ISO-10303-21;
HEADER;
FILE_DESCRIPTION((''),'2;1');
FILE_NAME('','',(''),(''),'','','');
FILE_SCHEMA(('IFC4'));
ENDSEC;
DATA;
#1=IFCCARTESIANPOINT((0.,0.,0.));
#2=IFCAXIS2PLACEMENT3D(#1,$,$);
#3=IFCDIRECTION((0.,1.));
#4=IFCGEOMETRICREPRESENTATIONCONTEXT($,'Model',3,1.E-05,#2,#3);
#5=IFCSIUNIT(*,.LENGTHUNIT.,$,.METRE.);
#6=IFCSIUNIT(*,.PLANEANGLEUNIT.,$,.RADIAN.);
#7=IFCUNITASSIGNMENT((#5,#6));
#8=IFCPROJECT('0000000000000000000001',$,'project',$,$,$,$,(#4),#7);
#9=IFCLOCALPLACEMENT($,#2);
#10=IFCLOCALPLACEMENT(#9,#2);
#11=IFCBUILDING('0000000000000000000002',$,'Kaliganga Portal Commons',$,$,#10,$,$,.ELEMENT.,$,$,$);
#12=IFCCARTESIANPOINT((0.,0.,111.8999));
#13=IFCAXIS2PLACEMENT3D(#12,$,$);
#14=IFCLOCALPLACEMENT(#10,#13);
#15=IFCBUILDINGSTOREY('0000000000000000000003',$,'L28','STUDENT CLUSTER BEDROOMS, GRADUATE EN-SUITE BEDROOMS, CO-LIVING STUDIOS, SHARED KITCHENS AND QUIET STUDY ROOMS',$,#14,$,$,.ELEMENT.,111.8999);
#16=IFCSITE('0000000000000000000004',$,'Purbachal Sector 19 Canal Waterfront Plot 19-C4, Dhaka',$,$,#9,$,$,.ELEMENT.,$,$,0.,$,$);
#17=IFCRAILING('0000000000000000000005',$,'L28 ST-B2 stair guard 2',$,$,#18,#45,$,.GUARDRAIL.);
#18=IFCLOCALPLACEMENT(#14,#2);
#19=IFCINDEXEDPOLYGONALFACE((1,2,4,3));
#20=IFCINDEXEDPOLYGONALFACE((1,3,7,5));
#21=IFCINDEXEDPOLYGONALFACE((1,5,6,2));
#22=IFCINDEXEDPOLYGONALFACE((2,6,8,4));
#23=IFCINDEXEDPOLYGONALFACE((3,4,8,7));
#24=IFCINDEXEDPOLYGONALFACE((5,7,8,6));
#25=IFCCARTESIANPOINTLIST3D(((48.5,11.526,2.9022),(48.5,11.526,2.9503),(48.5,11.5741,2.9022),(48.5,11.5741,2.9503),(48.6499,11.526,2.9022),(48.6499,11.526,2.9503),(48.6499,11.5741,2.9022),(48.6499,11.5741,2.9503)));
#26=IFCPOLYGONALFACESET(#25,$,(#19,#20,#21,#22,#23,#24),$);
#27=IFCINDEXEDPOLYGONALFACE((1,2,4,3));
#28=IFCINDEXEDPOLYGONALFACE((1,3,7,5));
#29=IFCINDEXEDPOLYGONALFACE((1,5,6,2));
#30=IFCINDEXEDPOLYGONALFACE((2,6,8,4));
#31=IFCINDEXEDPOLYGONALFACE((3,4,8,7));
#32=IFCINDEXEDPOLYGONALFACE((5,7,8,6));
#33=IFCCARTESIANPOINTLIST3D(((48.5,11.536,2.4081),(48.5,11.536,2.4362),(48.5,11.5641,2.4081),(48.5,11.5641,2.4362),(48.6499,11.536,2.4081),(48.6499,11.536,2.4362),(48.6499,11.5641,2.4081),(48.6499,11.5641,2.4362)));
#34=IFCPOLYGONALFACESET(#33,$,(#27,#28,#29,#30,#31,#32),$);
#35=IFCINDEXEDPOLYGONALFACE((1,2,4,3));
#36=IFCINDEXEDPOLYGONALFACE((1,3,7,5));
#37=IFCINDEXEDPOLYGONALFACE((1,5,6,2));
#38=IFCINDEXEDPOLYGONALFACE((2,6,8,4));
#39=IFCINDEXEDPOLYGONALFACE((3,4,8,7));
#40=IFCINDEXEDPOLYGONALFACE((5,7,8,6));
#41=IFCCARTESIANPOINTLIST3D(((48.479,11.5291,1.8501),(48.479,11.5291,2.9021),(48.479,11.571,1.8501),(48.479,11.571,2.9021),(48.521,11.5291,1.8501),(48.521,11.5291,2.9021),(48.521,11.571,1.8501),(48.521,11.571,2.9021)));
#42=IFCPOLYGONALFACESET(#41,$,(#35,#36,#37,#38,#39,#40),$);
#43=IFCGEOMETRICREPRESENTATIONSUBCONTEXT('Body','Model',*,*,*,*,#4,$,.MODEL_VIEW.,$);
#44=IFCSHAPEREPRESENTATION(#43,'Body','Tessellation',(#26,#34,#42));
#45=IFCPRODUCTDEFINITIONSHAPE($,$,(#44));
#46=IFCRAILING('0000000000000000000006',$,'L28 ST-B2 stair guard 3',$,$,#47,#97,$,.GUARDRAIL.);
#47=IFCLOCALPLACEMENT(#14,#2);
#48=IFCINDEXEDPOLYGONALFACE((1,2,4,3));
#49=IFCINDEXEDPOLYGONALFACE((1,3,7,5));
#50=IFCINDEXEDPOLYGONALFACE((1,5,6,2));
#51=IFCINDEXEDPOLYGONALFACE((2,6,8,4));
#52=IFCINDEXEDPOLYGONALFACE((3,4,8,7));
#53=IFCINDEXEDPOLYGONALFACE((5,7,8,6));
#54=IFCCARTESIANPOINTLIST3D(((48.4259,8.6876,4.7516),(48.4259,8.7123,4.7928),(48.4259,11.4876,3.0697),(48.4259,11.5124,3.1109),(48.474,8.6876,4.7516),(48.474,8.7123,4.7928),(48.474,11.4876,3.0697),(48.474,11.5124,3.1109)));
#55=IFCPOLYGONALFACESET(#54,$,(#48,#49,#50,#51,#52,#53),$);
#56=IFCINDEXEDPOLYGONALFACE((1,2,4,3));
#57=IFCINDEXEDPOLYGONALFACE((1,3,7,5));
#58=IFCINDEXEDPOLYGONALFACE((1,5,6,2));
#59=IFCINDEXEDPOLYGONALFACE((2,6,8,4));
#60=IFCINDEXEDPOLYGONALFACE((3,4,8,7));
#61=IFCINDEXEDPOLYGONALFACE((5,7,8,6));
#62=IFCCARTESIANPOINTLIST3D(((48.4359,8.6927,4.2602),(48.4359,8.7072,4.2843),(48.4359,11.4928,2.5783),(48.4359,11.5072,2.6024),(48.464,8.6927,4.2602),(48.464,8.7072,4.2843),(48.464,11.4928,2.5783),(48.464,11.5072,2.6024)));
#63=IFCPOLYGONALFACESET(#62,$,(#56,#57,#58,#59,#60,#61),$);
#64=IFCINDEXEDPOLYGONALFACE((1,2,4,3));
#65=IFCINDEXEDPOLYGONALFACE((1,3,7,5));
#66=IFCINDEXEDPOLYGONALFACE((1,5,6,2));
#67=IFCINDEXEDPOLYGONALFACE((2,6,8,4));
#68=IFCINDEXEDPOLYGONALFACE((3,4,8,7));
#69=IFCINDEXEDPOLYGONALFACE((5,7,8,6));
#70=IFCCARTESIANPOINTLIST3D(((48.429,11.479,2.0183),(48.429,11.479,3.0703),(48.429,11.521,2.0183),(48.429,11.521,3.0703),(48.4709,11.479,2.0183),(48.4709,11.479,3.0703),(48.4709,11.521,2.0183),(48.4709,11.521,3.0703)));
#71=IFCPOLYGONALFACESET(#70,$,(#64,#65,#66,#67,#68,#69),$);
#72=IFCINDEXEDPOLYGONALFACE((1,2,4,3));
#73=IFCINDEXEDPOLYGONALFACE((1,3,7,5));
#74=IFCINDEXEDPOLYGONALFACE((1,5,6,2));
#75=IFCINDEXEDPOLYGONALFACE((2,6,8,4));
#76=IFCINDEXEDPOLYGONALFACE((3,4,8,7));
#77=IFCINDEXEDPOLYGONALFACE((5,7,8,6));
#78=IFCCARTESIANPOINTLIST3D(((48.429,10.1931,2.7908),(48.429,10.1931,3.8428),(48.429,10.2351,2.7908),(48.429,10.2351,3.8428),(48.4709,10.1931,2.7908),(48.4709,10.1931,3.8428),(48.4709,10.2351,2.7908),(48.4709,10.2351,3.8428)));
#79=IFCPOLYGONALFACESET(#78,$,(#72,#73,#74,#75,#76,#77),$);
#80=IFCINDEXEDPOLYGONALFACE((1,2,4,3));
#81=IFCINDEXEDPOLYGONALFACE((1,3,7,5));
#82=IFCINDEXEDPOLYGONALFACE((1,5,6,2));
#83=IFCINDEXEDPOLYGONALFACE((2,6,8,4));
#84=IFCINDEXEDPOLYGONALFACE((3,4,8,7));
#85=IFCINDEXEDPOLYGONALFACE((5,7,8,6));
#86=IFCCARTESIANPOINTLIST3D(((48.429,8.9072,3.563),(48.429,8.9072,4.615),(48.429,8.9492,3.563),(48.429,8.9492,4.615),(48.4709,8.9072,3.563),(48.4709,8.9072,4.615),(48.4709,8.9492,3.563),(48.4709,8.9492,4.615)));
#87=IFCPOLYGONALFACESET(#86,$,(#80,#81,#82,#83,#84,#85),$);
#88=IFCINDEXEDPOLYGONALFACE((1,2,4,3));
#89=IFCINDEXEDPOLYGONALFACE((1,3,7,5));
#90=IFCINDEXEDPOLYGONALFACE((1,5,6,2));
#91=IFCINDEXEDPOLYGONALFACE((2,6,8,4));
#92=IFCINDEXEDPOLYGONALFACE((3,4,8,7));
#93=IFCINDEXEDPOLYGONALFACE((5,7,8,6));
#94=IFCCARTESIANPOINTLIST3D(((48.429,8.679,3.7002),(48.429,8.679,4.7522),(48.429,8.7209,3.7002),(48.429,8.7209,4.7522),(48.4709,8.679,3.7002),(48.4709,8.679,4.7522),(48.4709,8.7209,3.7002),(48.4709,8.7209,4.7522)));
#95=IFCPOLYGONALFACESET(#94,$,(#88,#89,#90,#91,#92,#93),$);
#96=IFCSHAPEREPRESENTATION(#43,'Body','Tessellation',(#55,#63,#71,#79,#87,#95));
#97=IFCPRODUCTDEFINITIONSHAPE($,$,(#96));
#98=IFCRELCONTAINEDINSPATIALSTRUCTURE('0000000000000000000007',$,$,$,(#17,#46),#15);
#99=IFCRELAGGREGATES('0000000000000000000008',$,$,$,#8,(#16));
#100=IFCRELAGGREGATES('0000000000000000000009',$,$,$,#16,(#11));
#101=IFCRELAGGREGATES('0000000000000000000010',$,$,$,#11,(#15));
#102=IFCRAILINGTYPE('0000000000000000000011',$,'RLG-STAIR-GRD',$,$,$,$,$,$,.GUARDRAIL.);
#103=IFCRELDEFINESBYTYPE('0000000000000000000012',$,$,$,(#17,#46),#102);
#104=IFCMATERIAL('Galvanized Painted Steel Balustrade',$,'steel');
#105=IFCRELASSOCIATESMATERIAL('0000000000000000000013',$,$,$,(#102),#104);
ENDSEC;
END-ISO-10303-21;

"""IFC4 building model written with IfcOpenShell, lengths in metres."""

from ifc_helpers import new_model, si_unit, direction, frame, origin, origin_2d, place, context, subcontext, project, spatial, rectangle, extrude, material, type_object, element, save


model = new_model("IFC4")

# Units and contexts
model_context = context("Model", 3, precision=1e-05, world=origin(), true_north=direction((0.0, 1.0)))
body_context = subcontext(model_context, "Body", "Model", "MODEL_VIEW")
ifc_project = project(units=[si_unit("LENGTHUNIT", "METRE"), si_unit("PLANEANGLEUNIT", "RADIAN")], contexts=[model_context])

# Site, building, storey
site_placement = place(None, origin())
site = spatial("IfcSite", under=ifc_project, at=site_placement, Name="Purbachal Sector 19 Canal Waterfront Plot 19-C4, Dhaka", CompositionType="ELEMENT", RefElevation=0.0)
building_placement = place(site_placement, origin())
building = spatial("IfcBuilding", under=site, at=building_placement, Name="Kaliganga Portal Commons", CompositionType="ELEMENT")
storey_placement = place(building_placement, frame((0.0, 0.0, 111.8999)))
storey = spatial("IfcBuildingStorey", under=building, at=storey_placement, Name="L28", Description="STUDENT CLUSTER BEDROOMS, GRADUATE EN-SUITE BEDROOMS, CO-LIVING STUDIOS, SHARED KITCHENS AND QUIET STUDY ROOMS", CompositionType="ELEMENT", Elevation=111.8999)

# Railings
ifc_material_1 = material(Name="Galvanized Painted Steel Balustrade", Category="steel")
railing_type = type_object("IfcRailingType", Name="RLG-STAIR-GRD", PredefinedType="GUARDRAIL", material=ifc_material_1)
railing_1_placement = place(storey_placement, frame((48.6499, 11.55, 1.8501)))
element("IfcRailing", 1, at=railing_1_placement, inside=storey, type_object=railing_type, Name="L28 ST-B2 stair guard 2", PredefinedType="GUARDRAIL", context=body_context, shape_type="SweptSolid", body=[
    extrude(rectangle(XDim=0.0481, YDim=0.0481, at=origin_2d()), frame((0.0, 0.0, 1.0762), z_axis=(-1.0, 0.0, 0.0), x_axis=(0.0, -1.0, 0.0)), (0.0, 0.0, 1.0), 0.1499),
    extrude(rectangle(XDim=0.0281, YDim=0.0281, at=origin_2d()), frame((0.0, 0.0, 0.572), z_axis=(-1.0, 0.0, 0.0), x_axis=(0.0, -1.0, 0.0)), (0.0, 0.0, 1.0), 0.1499),
    extrude(rectangle(XDim=0.042, YDim=0.042, at=origin_2d()), frame((-0.1499, 0.0, 0.0)), (0.0, 0.0, 1.0), 1.052),
])
railing_2_placement = place(storey_placement, frame((48.45, 11.5, 2.0183)))
element("IfcRailing", 2, at=railing_2_placement, inside=storey, type_object=railing_type, Name="L28 ST-B2 stair guard 3", PredefinedType="GUARDRAIL", context=body_context, shape_type="SweptSolid", body=[
    extrude(rectangle(XDim=0.0481, YDim=0.0481, at=origin_2d()), frame((0.0, 0.0, 1.072), z_axis=(0.0, -0.857242, 0.514913), x_axis=(1.0, 0.0, 0.0)), (0.0, 0.0, 1.0), 3.2664),
    extrude(rectangle(XDim=0.0281, YDim=0.0281, at=origin_2d()), frame((0.0, 0.0, 0.572), z_axis=(0.0, -0.857242, 0.514913), x_axis=(1.0, 0.0, 0.0)), (0.0, 0.0, 1.0), 3.2664),
    extrude(rectangle(XDim=0.042, YDim=0.042, at=origin_2d()), origin(), (0.0, 0.0, 1.0), 1.052),
    extrude(rectangle(XDim=0.042, YDim=0.042, at=origin_2d()), frame((0.0, -1.2859, 0.7725)), (0.0, 0.0, 1.0), 1.052),
    extrude(rectangle(XDim=0.042, YDim=0.042, at=origin_2d()), frame((0.0, -2.5718, 1.5447)), (0.0, 0.0, 1.0), 1.052),
    extrude(rectangle(XDim=0.042, YDim=0.042, at=origin_2d()), frame((0.0, -2.8, 1.6819)), (0.0, 0.0, 1.0), 1.052),
])

save(model, "model.ifc")
